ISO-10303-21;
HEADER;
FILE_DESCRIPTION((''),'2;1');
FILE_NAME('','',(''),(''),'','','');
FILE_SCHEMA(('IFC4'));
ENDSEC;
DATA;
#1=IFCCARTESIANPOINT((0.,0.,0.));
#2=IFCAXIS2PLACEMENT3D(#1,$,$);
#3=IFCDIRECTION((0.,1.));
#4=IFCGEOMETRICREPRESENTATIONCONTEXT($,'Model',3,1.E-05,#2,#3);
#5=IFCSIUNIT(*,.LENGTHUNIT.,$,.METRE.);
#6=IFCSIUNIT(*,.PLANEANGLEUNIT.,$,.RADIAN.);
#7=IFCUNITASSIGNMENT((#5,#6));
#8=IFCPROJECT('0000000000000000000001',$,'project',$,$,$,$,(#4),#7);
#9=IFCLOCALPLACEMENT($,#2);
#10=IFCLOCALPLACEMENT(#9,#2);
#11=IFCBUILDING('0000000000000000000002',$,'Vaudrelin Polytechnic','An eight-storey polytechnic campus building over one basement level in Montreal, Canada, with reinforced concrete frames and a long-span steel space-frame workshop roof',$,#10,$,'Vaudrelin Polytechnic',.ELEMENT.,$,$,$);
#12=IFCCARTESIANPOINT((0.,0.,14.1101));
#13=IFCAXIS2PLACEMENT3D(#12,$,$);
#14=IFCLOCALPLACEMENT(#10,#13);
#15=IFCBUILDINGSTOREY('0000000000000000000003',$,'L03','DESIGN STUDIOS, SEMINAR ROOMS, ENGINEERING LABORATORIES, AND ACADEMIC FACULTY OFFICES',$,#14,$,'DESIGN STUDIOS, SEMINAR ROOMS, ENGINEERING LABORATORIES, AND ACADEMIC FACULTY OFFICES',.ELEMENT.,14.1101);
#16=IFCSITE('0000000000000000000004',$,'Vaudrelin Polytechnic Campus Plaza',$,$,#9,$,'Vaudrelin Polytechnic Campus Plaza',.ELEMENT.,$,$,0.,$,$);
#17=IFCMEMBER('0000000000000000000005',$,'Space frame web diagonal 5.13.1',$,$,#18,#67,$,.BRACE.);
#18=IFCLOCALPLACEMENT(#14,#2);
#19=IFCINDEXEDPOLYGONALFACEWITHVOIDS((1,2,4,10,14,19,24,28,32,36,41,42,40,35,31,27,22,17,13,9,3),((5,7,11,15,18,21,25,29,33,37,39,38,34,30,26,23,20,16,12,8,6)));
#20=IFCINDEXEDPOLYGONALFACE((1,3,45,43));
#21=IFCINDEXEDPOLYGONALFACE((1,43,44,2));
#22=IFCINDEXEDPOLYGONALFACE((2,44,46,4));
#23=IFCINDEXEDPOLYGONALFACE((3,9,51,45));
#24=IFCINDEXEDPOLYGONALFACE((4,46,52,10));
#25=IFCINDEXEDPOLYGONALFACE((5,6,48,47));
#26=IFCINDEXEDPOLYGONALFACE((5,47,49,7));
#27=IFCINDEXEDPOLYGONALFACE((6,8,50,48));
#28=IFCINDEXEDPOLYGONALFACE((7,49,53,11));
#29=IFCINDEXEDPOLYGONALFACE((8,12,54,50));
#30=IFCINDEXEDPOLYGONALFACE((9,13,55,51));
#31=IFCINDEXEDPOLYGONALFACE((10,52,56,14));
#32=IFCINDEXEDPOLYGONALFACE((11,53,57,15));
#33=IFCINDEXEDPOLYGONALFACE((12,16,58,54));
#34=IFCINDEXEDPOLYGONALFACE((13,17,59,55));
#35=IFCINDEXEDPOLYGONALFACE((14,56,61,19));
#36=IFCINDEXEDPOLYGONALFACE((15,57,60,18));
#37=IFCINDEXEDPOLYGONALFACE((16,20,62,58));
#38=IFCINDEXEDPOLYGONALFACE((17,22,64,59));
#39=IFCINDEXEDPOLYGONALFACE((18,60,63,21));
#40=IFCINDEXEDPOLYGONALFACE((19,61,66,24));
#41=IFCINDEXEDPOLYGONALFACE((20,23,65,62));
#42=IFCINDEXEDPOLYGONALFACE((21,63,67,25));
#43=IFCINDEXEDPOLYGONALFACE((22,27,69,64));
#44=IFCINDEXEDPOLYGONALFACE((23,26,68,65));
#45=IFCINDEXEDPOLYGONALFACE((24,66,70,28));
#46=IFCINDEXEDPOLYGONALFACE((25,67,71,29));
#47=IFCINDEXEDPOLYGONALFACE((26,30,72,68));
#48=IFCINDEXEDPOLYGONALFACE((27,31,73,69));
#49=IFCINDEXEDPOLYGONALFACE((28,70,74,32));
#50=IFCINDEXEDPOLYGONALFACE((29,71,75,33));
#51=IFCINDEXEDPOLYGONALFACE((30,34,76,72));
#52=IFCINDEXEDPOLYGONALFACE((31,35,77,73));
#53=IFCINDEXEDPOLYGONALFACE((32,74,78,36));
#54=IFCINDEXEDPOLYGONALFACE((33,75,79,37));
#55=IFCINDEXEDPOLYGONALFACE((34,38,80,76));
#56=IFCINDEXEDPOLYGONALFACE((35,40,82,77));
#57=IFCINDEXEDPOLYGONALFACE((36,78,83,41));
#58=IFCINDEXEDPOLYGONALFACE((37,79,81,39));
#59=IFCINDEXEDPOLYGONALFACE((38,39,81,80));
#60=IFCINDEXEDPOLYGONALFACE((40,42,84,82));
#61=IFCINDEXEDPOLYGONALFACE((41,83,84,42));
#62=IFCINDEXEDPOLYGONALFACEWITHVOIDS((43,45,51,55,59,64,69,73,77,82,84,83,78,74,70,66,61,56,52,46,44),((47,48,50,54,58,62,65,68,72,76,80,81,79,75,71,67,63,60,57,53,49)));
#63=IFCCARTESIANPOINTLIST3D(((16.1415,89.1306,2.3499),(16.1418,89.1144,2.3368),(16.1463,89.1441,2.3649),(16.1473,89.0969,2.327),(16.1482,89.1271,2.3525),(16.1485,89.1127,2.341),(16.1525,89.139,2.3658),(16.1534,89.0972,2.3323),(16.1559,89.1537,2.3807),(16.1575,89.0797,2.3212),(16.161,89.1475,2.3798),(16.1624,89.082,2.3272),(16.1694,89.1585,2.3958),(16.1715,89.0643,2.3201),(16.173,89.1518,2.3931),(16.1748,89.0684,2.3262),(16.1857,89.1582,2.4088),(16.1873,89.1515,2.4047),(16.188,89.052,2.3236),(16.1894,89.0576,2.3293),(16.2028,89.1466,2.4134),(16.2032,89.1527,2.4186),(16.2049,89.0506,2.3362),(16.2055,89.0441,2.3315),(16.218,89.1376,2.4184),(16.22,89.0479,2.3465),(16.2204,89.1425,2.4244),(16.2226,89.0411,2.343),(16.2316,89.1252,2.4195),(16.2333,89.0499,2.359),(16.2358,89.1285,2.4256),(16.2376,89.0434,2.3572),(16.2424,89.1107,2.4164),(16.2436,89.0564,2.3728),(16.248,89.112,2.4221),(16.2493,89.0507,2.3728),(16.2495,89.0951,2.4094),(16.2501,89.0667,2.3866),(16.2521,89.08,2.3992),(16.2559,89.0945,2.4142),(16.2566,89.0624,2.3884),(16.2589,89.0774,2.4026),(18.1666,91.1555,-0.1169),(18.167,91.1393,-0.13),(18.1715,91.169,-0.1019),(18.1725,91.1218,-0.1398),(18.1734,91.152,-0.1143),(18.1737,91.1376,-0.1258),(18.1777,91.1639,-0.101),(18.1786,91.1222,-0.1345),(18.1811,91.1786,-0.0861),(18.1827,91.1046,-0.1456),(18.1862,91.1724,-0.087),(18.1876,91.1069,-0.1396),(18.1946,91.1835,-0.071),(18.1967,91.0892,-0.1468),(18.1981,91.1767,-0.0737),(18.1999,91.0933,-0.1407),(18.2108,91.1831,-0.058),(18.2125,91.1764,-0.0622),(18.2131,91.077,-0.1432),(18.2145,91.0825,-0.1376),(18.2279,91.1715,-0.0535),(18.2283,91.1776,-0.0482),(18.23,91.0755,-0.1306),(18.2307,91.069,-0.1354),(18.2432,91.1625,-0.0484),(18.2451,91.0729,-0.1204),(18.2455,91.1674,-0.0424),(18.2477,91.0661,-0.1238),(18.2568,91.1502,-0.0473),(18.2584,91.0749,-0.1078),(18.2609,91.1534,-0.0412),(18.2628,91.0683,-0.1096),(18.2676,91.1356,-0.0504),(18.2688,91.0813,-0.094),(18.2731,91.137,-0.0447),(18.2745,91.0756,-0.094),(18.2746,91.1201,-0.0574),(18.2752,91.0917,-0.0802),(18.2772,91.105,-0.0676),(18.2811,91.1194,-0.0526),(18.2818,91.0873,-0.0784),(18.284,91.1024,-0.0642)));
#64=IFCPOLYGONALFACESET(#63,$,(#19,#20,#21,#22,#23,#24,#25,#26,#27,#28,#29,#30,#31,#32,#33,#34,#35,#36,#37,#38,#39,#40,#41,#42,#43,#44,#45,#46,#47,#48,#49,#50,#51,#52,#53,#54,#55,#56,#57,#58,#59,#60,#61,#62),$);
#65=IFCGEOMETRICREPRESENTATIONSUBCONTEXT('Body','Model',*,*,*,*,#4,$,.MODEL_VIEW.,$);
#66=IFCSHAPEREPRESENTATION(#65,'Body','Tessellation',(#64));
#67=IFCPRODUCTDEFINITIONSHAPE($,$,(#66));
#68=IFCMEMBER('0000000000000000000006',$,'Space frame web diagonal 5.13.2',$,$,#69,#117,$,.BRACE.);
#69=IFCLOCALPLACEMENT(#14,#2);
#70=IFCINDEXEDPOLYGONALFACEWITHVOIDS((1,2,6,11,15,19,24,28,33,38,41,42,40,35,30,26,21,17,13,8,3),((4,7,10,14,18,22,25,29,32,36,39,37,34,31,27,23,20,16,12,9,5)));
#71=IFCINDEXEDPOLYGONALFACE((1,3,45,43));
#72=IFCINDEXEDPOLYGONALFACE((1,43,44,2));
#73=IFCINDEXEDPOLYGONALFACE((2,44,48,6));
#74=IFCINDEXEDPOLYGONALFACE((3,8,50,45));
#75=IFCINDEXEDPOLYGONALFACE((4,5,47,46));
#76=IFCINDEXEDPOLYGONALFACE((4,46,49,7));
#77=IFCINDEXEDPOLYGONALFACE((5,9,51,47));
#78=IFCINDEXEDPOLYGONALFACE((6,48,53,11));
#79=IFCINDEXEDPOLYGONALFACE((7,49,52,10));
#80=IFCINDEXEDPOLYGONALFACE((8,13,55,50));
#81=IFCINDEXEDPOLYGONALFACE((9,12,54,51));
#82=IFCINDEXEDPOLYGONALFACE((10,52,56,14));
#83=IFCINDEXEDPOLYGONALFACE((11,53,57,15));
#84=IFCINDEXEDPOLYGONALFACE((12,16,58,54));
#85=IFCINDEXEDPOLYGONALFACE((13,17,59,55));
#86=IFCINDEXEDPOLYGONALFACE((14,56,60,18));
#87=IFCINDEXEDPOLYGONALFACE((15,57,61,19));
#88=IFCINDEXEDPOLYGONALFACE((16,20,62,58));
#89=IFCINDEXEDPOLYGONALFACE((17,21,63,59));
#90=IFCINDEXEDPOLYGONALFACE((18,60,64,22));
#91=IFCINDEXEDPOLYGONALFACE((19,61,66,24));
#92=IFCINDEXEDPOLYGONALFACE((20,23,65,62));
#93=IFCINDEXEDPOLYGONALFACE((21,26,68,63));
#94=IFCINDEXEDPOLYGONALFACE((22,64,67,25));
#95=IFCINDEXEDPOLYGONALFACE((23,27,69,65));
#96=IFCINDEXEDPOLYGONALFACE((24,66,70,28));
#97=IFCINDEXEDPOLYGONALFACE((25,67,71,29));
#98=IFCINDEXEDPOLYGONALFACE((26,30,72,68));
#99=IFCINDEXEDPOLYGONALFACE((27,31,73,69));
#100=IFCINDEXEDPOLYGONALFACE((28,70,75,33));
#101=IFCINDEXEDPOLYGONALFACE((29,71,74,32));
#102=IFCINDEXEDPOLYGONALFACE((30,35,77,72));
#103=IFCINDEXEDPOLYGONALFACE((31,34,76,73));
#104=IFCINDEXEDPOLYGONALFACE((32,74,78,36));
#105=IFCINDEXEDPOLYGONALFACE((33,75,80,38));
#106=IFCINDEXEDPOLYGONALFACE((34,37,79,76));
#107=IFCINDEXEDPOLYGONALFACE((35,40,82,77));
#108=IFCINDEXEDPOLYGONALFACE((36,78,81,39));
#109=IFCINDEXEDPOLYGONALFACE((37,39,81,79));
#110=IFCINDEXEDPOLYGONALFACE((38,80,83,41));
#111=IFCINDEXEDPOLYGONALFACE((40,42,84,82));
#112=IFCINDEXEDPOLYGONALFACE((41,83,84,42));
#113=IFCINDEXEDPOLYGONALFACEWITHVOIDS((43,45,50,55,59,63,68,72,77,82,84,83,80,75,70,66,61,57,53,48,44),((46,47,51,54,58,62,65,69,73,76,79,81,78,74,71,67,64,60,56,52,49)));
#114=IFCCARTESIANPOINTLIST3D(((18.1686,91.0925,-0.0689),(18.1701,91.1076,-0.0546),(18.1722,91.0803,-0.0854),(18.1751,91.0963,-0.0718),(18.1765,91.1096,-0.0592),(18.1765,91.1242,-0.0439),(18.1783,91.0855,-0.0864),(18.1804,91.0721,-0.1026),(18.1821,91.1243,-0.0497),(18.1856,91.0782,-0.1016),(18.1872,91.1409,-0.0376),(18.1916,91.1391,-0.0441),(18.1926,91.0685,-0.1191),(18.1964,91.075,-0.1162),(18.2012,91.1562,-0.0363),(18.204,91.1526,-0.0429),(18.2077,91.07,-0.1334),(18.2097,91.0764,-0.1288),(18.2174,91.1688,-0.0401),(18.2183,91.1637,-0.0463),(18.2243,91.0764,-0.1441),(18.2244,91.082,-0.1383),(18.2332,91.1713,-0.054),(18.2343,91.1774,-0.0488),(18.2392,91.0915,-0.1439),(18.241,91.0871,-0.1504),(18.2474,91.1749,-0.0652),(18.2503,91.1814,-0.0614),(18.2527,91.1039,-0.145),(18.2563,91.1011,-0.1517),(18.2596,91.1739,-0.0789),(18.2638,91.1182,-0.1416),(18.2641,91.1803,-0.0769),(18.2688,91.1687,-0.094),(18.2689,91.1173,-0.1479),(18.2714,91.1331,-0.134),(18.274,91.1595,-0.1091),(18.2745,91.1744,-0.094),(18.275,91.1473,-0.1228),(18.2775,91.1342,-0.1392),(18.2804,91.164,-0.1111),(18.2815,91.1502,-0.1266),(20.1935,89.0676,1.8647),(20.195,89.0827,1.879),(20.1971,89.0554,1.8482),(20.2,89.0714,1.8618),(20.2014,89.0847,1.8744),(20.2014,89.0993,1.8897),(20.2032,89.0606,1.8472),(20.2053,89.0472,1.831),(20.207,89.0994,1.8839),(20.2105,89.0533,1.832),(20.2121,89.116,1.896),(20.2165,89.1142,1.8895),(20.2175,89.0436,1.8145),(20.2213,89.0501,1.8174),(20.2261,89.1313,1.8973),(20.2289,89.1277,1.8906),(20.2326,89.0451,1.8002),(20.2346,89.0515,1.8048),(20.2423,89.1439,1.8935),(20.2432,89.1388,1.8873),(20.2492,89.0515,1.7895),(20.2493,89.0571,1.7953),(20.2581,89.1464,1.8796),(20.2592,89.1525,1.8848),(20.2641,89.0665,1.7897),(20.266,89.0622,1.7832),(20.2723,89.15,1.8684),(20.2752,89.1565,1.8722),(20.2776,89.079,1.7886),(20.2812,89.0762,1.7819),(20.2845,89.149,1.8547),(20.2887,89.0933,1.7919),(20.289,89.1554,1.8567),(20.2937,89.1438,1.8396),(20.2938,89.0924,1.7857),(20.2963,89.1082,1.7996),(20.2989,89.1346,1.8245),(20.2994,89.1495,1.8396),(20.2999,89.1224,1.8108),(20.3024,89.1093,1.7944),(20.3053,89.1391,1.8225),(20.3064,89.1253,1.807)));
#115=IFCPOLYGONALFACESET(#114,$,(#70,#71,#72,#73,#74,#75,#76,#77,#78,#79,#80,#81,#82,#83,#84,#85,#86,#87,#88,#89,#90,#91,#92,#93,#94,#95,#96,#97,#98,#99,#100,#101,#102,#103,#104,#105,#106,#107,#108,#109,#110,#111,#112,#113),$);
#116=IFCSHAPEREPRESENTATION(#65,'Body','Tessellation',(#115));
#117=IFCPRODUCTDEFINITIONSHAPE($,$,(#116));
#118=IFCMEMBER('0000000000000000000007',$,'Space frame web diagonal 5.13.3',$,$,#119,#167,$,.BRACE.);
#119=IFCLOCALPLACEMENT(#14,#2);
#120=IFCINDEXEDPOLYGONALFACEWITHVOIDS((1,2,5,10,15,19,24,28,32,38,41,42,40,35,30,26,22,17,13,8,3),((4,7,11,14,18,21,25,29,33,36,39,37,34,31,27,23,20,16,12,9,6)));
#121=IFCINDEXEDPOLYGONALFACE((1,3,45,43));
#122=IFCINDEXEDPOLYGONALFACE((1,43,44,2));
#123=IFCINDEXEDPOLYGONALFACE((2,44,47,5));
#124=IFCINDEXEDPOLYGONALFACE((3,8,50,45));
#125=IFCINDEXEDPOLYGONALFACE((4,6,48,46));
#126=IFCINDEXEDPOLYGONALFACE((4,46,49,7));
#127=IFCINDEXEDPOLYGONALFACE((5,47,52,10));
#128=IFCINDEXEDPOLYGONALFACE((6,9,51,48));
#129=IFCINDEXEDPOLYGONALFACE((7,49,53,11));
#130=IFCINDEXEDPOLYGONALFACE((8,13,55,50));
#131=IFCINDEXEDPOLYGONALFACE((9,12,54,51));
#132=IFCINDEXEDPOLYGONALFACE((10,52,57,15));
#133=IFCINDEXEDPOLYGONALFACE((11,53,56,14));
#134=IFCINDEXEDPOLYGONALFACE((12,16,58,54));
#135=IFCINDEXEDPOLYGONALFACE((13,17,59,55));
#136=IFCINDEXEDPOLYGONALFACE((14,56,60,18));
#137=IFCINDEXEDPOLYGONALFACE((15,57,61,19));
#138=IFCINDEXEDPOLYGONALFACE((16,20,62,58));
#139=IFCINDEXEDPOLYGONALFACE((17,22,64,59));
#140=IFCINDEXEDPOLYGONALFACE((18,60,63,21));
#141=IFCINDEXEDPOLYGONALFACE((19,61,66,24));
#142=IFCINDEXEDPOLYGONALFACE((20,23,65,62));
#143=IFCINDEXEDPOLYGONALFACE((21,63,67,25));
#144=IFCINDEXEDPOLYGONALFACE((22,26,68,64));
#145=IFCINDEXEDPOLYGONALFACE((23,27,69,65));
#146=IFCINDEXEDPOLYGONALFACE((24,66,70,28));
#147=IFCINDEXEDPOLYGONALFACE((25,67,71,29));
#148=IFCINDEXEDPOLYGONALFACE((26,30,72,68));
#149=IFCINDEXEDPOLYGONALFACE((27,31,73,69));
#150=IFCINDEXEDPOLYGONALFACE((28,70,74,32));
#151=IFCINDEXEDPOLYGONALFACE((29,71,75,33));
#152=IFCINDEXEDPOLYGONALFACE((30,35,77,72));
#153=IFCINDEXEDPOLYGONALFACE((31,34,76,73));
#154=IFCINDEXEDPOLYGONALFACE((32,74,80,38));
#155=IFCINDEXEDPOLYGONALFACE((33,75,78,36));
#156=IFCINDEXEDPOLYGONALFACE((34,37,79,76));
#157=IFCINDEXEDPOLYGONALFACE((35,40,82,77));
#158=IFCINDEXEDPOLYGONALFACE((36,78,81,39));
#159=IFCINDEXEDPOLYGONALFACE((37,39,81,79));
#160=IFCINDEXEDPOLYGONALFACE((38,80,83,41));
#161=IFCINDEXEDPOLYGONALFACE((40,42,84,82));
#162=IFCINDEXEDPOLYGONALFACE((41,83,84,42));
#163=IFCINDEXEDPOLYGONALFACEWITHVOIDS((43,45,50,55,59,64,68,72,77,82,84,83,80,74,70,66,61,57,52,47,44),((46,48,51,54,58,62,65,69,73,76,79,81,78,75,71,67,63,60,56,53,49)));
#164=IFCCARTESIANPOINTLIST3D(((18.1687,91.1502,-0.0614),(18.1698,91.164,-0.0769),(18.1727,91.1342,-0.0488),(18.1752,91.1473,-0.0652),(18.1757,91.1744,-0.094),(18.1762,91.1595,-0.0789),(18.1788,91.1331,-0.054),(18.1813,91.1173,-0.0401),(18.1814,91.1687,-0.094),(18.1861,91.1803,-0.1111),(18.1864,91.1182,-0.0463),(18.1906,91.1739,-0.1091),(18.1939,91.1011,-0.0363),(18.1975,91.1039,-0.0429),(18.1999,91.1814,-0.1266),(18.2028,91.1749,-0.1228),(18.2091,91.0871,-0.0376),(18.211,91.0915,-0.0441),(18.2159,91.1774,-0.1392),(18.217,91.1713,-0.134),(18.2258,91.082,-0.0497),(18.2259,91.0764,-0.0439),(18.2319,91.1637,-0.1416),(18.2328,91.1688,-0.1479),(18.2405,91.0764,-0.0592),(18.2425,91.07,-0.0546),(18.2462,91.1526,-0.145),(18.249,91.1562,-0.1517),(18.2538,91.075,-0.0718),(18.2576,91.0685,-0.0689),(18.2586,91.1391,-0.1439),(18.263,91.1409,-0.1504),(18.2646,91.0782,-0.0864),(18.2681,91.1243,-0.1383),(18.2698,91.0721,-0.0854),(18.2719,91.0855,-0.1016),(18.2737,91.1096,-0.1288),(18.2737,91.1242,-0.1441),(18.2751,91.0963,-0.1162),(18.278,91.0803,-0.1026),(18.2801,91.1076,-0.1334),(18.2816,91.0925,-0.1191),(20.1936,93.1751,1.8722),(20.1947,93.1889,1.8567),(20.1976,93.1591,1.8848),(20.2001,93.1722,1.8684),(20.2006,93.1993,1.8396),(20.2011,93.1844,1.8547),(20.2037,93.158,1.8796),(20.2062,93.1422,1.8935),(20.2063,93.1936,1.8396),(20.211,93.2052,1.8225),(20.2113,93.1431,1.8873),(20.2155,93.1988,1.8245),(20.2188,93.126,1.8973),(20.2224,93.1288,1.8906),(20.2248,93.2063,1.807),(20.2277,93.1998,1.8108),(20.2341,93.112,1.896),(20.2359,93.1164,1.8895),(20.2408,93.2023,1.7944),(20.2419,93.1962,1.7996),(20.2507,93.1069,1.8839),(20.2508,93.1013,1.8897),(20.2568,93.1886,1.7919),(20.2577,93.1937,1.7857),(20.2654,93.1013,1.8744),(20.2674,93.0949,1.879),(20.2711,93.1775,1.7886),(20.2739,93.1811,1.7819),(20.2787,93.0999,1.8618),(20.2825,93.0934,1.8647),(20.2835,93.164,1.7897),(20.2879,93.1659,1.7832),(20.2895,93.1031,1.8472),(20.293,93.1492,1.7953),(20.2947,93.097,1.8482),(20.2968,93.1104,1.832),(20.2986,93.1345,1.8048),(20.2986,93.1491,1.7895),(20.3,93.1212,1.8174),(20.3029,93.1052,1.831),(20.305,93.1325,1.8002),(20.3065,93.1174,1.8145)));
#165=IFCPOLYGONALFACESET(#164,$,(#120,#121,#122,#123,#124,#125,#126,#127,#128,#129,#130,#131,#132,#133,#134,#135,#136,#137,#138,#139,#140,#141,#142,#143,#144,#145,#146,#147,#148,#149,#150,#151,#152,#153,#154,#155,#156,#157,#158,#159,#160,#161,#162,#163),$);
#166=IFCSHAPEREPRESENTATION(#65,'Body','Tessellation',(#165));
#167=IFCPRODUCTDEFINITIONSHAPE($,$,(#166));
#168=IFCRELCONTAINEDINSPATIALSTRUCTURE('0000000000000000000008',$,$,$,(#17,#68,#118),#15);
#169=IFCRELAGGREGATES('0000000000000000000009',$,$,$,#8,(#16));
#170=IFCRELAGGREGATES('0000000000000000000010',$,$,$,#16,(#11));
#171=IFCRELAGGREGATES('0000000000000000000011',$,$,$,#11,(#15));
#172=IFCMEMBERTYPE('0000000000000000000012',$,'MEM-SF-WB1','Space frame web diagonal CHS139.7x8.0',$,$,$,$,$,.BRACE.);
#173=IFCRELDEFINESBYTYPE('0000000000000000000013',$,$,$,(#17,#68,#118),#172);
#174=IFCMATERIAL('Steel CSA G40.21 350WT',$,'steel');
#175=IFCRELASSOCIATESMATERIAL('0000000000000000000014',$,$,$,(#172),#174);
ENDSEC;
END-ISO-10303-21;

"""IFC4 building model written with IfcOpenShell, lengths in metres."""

from ifc_helpers import new_model, si_unit, direction, frame, origin, origin_2d, place, context, subcontext, project, spatial, hollow_circle, extrude, material, material_profile, profile_set, type_object, element, save


model = new_model("IFC4")

# Units and contexts
model_context = context("Model", 3, precision=1e-05, world=origin(), true_north=direction((0.0, 1.0)))
body_context = subcontext(model_context, "Body", "Model", "MODEL_VIEW")
ifc_project = project(units=[si_unit("LENGTHUNIT", "METRE"), si_unit("PLANEANGLEUNIT", "RADIAN")], contexts=[model_context])

# Site, building, storey
site_placement = place(None, origin())
site = spatial("IfcSite", under=ifc_project, at=site_placement, Name="Vaudrelin Polytechnic Campus Plaza", LongName="Vaudrelin Polytechnic Campus Plaza", CompositionType="ELEMENT", RefElevation=0.0)
building_placement = place(site_placement, origin())
building = spatial("IfcBuilding", under=site, at=building_placement, Name="Vaudrelin Polytechnic", Description="An eight-storey polytechnic campus building over one basement level in Montreal, Canada, with reinforced concrete frames and a long-span steel space-frame workshop roof", LongName="Vaudrelin Polytechnic", CompositionType="ELEMENT")
storey_placement = place(building_placement, frame((0.0, 0.0, 14.1101)))
storey = spatial("IfcBuildingStorey", under=building, at=storey_placement, Name="L03", Description="DESIGN STUDIOS, SEMINAR ROOMS, ENGINEERING LABORATORIES, AND ACADEMIC FACULTY OFFICES", LongName="DESIGN STUDIOS, SEMINAR ROOMS, ENGINEERING LABORATORIES, AND ACADEMIC FACULTY OFFICES", CompositionType="ELEMENT", Elevation=14.1101)

# Shared definitions
ifc_material_1 = material(Name="Steel CSA G40.21 350WT", Category="steel")

# Members
ifc_material_profile_1 = material_profile(ifc_material_1, hollow_circle(Radius=0.0698, WallThickness=0.0081, at=origin_2d()), Name="CHS139.7x8.0")
ifc_profile_set_1 = profile_set([ifc_material_profile_1], Name="Steel CSA G40.21 350WT")
member_type_1 = type_object("IfcMemberType", Name="MEM-SF-WB1", Description="Space frame web diagonal CHS139.7x8.0", PredefinedType="BRACE", material=ifc_profile_set_1)
for number, where, z_axis, x_axis, name in (
    (1, (18.2251, 91.125, -0.094), (-0.535788, -0.535723, 0.652634), (0.707064, -0.707149, 0.0), "Space frame web diagonal 5.13.1"),
):
    element("IfcMember", number, at=place(storey_placement, frame(where, z_axis=z_axis, x_axis=x_axis)), inside=storey, type_object=member_type_1, Name=name, PredefinedType="BRACE", context=body_context, shape_type="SweptSolid", body=[
        extrude(hollow_circle(Radius=0.0698, WallThickness=0.0081, at=origin_2d()), origin(), (0.0, 0.0, 1.0), 3.7798),
    ])
for number, where, z_axis, x_axis, name in (
    (2, (18.2251, 91.125, -0.094), (0.586024, -0.586024, 0.559599), (0.707107, 0.707107, 0.0), "Space frame web diagonal 5.13.2"),
    (3, (18.2251, 91.125, -0.094), (0.586024, 0.586024, 0.559599), (-0.707107, 0.707107, 0.0), "Space frame web diagonal 5.13.3"),
):
    element("IfcMember", number, at=place(storey_placement, frame(where, z_axis=z_axis, x_axis=x_axis)), inside=storey, type_object=member_type_1, Name=name, PredefinedType="BRACE", context=body_context, shape_type="SweptSolid", body=[
        extrude(hollow_circle(Radius=0.0698, WallThickness=0.0081, at=origin_2d()), origin(), (0.0, 0.0, 1.0), 3.4553),
    ])

save(model, "model.ifc")
